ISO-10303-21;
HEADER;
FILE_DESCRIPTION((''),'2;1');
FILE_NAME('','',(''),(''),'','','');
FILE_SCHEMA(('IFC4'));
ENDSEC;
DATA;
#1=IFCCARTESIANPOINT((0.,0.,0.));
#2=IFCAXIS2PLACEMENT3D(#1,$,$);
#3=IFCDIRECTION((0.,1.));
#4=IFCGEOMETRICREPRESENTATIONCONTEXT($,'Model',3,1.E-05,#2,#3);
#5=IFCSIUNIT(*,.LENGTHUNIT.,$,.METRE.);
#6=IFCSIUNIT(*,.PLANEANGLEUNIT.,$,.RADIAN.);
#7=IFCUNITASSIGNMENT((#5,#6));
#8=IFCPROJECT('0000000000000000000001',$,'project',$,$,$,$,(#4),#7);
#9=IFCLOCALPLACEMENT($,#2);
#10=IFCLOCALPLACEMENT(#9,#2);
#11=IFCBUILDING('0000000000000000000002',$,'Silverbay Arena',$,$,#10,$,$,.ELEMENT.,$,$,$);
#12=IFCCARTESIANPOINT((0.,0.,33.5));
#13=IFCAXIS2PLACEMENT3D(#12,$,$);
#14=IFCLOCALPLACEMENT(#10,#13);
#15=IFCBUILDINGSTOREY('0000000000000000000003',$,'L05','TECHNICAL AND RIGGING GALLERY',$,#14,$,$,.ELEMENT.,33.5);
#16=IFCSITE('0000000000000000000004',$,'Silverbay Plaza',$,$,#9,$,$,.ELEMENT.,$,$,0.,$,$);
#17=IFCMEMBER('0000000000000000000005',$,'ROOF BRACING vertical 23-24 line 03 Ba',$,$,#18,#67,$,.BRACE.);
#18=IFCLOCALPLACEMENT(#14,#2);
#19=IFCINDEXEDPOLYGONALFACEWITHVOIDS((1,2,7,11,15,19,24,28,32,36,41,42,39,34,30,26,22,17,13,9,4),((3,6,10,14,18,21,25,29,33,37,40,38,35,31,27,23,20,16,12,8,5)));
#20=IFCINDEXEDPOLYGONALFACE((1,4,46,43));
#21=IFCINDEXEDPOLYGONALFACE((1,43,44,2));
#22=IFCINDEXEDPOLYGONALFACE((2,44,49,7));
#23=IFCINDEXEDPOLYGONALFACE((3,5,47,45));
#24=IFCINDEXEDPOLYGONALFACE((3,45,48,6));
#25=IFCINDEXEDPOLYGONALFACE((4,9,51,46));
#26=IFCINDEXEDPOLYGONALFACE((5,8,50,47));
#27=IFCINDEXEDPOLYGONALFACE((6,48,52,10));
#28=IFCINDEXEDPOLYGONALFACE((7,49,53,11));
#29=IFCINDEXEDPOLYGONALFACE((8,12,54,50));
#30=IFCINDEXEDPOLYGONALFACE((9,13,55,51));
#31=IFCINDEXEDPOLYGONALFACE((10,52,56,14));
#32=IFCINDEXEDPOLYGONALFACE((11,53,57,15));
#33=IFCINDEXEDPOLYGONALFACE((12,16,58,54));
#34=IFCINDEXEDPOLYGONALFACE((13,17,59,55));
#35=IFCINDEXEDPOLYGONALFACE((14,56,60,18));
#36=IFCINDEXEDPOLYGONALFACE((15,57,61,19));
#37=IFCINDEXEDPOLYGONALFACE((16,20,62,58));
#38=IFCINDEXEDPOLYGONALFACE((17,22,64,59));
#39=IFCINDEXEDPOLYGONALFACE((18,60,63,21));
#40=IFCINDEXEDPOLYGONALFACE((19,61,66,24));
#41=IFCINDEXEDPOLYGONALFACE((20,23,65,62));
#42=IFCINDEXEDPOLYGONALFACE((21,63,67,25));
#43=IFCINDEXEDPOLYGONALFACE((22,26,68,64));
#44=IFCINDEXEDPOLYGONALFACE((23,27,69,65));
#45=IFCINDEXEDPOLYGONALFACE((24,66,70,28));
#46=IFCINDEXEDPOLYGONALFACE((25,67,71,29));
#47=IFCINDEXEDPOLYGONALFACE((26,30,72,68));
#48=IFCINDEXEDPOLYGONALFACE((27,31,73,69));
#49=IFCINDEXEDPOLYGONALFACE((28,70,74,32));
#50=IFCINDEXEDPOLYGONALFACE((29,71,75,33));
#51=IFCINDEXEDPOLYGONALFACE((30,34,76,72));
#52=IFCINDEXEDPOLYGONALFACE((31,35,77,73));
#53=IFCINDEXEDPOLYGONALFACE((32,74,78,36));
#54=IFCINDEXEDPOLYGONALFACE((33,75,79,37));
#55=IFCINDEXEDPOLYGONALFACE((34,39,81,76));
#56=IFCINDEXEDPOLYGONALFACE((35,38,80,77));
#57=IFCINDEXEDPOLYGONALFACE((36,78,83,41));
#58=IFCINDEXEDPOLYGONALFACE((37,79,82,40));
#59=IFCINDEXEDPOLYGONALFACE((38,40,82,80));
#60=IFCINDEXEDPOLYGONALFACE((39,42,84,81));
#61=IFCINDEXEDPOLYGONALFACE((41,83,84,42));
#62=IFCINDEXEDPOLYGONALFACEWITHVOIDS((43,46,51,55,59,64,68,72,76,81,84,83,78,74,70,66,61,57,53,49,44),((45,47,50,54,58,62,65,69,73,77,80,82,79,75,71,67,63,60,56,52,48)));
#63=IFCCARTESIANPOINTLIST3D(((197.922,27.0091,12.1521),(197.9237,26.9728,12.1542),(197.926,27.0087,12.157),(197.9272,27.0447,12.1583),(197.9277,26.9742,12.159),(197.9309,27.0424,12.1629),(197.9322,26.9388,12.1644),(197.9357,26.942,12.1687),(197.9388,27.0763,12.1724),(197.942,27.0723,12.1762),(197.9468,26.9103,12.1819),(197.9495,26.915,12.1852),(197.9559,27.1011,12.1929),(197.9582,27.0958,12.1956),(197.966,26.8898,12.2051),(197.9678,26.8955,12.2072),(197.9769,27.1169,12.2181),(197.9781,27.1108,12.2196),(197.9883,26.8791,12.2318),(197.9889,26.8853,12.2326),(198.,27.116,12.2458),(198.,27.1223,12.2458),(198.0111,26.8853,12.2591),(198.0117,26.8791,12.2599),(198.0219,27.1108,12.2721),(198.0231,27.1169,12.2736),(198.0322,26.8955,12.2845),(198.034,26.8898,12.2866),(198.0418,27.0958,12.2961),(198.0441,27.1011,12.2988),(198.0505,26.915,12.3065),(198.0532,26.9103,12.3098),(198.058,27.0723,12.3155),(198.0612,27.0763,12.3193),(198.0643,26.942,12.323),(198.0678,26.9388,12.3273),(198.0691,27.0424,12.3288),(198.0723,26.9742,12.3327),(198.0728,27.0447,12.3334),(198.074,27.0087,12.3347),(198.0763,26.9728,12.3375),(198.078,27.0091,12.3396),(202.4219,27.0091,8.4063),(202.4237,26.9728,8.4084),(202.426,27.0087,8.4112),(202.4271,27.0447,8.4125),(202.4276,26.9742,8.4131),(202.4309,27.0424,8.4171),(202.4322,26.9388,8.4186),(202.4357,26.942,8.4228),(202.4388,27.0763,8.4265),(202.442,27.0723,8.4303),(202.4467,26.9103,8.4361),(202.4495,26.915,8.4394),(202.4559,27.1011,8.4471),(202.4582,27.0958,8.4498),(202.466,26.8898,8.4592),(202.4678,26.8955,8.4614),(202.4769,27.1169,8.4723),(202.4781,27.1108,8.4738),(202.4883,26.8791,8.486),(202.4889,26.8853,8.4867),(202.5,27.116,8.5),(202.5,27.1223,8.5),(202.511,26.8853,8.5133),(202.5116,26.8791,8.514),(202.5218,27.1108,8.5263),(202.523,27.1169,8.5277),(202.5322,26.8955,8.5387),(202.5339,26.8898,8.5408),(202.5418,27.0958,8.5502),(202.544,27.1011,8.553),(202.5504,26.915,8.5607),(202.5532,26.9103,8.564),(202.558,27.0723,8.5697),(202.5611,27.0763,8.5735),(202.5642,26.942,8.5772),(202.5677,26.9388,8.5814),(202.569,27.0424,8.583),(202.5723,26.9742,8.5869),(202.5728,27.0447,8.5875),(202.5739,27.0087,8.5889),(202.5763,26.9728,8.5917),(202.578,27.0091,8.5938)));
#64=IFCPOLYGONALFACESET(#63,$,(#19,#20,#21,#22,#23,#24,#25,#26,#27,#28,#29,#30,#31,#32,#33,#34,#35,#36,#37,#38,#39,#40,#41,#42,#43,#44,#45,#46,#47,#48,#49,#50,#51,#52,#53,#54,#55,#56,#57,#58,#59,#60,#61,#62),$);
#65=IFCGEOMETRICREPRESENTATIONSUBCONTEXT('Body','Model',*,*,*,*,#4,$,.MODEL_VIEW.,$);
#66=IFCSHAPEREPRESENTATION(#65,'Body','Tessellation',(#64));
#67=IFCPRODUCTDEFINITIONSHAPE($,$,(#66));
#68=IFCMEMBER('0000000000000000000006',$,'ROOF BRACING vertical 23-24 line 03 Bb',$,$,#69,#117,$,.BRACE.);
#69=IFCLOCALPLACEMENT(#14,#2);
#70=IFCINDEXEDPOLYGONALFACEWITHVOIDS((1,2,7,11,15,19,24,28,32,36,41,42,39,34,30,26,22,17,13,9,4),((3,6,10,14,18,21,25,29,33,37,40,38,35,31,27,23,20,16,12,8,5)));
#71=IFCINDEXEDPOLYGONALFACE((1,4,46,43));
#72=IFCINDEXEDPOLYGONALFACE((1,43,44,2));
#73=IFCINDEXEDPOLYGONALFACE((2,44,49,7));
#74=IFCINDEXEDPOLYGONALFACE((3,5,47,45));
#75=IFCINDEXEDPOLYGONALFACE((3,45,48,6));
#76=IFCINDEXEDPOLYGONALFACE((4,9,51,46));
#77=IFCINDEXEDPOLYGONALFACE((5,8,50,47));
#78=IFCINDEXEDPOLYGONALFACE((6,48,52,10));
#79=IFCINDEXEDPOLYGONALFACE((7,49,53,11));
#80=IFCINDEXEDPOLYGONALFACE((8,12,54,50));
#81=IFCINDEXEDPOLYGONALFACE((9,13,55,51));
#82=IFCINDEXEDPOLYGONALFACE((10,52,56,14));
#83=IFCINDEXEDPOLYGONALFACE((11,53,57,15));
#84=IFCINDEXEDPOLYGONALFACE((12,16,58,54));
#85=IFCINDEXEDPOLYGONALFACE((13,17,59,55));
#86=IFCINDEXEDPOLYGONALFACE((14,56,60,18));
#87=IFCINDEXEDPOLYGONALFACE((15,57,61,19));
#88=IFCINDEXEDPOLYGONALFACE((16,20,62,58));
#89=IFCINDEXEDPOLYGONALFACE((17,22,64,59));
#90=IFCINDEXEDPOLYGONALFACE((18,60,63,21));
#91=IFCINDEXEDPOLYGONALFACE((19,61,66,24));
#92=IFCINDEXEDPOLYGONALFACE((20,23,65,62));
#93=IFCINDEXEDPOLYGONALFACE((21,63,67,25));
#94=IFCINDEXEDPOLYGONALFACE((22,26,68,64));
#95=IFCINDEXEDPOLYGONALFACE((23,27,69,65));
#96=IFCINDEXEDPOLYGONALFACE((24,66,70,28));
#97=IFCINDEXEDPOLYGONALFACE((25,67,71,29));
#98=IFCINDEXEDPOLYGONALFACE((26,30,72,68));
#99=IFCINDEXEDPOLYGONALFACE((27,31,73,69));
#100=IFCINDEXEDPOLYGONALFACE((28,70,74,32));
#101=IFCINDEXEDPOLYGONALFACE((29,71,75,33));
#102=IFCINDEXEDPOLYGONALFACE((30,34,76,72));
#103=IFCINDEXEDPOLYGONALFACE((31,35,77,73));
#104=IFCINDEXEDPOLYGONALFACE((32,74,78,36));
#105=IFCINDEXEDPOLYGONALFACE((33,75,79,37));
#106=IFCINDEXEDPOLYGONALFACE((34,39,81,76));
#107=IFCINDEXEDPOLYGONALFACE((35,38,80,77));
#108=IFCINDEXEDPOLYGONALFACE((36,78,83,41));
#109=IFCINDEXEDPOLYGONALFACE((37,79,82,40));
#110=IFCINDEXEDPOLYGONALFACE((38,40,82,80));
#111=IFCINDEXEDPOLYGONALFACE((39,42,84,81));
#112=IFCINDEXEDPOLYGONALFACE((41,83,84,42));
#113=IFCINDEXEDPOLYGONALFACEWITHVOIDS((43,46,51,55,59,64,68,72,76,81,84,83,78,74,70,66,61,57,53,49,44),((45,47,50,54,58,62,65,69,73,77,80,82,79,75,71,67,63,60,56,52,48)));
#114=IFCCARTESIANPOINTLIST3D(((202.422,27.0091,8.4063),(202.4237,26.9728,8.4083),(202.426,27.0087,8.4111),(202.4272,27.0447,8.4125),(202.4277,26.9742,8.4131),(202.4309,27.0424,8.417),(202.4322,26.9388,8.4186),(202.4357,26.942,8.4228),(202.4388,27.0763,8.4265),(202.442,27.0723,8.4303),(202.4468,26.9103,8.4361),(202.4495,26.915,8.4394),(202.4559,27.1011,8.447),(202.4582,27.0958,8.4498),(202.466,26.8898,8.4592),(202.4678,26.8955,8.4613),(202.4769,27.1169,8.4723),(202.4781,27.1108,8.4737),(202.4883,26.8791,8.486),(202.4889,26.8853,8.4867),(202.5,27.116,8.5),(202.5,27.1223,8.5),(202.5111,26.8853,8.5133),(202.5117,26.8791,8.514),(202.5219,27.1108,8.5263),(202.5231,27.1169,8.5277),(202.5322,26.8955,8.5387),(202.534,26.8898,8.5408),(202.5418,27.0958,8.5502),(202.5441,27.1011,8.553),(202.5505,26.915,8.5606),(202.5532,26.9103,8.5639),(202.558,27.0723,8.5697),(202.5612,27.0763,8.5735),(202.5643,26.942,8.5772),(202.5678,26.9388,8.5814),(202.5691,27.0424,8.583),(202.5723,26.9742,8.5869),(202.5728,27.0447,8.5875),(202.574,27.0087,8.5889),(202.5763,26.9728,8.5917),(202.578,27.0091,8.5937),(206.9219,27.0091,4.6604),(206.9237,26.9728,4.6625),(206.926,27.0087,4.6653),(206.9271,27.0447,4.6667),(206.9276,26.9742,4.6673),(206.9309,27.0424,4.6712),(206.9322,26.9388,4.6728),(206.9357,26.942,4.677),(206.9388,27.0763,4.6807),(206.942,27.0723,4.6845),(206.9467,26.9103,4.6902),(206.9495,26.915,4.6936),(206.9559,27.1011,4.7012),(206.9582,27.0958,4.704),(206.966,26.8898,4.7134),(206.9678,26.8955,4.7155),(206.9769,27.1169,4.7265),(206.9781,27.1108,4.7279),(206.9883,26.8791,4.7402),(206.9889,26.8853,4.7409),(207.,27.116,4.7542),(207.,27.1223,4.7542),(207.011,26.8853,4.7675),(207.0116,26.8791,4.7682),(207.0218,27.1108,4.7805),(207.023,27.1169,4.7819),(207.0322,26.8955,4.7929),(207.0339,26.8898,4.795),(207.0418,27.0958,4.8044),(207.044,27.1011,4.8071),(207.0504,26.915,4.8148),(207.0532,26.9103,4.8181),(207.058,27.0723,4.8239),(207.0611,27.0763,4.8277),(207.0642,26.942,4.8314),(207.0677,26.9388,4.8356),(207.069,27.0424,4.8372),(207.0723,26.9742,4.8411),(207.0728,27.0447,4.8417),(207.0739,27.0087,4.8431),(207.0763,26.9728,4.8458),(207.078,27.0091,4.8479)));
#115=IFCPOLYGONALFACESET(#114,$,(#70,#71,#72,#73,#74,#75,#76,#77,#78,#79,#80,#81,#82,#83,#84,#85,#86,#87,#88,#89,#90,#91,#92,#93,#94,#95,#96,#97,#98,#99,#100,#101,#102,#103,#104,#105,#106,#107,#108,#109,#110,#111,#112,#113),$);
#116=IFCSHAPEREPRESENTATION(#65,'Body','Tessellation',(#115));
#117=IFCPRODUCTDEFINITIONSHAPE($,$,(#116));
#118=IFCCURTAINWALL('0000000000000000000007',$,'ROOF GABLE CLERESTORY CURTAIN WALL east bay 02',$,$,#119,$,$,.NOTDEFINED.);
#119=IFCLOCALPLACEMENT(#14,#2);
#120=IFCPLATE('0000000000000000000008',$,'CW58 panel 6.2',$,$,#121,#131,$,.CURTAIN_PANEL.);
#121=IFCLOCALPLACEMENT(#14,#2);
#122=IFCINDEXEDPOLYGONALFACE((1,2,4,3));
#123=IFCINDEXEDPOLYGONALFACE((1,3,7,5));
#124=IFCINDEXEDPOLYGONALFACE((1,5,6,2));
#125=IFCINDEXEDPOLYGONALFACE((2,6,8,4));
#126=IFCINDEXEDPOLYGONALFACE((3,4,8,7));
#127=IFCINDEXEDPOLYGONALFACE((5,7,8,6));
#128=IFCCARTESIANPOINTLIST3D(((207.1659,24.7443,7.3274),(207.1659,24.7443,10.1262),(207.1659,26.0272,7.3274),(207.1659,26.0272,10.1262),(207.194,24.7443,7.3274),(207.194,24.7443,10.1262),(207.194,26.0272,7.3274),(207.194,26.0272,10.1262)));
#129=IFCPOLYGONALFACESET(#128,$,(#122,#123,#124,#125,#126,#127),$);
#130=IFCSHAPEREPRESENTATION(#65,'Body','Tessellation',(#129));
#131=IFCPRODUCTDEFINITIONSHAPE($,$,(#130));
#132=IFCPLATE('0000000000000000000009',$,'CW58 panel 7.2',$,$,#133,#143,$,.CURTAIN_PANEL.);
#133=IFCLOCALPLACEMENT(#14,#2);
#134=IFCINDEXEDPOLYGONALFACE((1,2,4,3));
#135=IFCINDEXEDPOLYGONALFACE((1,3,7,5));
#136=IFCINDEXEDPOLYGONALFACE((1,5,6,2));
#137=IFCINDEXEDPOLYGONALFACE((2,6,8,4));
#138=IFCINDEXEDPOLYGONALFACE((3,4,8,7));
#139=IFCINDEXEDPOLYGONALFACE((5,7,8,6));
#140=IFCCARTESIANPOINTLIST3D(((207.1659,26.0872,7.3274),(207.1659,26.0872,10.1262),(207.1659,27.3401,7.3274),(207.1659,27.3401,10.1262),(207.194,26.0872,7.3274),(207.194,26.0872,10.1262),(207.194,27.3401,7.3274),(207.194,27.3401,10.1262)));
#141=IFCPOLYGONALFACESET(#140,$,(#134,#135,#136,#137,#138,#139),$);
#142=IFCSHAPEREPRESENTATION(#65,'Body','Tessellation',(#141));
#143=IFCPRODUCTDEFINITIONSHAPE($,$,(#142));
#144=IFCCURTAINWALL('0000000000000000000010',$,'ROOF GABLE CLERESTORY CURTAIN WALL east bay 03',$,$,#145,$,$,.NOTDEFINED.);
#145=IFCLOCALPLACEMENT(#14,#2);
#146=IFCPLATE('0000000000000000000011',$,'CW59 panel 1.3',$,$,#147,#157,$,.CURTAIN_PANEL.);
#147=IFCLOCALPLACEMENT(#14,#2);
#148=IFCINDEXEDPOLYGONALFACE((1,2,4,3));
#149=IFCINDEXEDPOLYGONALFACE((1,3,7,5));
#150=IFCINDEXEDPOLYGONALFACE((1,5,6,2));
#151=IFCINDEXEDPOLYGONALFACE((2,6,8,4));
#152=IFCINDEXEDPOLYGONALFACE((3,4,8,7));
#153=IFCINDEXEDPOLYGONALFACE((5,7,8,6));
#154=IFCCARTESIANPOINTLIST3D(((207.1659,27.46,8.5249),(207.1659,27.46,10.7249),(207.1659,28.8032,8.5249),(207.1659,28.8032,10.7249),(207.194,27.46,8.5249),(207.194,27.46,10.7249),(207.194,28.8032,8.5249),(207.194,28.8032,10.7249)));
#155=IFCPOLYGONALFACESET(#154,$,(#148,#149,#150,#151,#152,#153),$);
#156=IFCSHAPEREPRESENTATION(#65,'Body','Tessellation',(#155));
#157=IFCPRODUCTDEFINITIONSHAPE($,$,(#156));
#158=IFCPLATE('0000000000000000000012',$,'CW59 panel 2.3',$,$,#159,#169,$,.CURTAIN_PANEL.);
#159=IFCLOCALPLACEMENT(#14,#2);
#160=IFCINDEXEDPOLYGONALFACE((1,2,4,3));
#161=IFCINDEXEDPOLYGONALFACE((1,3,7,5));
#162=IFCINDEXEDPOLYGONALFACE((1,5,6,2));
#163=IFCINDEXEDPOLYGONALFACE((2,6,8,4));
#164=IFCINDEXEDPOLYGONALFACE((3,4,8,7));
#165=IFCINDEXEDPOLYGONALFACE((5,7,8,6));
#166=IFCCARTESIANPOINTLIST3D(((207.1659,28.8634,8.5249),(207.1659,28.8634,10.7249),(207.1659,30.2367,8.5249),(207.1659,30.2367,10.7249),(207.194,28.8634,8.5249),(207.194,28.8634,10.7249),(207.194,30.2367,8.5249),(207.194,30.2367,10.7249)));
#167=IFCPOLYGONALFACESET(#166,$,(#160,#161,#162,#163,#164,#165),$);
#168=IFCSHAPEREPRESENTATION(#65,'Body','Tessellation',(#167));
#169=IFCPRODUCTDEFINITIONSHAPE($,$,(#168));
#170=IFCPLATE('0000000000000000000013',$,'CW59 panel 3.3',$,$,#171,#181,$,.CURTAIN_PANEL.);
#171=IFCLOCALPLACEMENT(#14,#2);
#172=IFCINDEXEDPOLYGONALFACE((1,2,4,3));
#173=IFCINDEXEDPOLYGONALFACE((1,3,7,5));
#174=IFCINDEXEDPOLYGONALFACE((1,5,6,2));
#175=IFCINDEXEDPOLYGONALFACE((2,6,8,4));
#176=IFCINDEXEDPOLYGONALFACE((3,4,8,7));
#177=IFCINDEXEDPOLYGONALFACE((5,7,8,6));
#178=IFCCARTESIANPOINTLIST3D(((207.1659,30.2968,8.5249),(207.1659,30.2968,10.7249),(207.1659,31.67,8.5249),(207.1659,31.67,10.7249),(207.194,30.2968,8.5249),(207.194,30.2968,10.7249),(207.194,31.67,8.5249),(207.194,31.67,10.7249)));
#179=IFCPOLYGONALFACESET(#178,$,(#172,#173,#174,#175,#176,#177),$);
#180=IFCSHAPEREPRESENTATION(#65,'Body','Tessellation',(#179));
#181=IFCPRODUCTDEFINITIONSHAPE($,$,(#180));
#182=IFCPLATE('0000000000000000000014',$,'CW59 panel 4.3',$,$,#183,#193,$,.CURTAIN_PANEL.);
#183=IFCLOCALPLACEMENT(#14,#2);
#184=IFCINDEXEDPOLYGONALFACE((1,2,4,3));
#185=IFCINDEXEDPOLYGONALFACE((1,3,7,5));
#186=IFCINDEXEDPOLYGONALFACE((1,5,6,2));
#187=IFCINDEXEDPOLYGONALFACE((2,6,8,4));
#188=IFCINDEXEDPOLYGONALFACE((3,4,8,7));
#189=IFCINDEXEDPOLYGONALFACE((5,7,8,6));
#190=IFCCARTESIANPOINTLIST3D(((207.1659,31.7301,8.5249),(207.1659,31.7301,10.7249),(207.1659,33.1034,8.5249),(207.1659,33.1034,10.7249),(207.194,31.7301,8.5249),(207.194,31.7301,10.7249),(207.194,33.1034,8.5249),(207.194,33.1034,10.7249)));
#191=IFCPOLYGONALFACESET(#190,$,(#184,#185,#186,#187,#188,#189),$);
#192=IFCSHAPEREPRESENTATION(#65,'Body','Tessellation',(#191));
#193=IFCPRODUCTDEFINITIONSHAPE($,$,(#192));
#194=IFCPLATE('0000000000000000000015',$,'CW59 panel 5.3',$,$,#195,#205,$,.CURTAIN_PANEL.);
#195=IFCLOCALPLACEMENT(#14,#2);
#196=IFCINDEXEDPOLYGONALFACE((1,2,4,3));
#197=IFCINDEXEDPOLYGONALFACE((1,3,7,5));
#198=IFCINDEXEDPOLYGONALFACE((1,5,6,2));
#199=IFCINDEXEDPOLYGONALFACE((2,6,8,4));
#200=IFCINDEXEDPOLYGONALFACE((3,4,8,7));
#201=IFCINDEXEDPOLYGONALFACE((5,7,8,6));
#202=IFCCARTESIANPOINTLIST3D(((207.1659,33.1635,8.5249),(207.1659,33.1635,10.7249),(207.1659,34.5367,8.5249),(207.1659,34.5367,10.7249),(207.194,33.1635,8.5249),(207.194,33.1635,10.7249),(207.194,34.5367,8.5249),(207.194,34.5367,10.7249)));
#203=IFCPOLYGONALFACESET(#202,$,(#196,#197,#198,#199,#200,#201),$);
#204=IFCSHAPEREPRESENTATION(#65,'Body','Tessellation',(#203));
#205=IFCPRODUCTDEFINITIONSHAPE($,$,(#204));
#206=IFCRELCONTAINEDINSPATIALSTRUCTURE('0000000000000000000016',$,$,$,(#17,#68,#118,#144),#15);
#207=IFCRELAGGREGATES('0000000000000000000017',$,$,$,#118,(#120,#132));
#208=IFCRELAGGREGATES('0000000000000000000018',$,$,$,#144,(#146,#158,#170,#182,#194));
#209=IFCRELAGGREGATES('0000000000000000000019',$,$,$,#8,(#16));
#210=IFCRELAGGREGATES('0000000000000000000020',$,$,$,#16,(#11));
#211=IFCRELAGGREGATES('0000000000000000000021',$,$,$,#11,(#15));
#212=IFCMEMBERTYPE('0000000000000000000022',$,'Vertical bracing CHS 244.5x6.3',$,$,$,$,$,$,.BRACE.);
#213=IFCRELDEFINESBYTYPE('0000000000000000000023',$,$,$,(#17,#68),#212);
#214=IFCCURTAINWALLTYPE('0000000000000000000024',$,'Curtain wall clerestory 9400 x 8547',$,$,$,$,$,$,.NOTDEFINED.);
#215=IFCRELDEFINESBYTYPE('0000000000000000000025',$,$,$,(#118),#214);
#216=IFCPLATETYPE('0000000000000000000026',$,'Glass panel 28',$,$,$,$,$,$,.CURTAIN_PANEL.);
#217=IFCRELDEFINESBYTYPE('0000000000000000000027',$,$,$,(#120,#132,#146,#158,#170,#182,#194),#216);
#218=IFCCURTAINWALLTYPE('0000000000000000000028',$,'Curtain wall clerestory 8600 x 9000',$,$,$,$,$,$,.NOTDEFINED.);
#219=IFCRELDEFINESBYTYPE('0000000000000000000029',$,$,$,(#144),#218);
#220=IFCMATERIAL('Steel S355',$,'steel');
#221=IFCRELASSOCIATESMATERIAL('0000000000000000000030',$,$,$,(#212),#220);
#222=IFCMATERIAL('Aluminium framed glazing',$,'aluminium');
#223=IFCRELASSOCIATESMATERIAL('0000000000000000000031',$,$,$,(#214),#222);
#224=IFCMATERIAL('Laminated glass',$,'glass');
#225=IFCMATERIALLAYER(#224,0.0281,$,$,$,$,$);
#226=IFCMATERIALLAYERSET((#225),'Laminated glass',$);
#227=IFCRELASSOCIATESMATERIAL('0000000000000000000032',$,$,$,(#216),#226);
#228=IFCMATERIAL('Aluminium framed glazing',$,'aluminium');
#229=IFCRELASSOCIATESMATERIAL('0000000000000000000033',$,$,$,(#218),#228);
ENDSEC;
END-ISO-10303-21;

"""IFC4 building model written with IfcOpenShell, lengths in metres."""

from ifc_helpers import new_model, si_unit, direction, frame, origin, origin_2d, place, context, subcontext, project, spatial, rectangle, hollow_circle, extrude, material, layer, layer_set, material_profile, profile_set, type_object, element, aggregate, save


model = new_model("IFC4")

# Units and contexts
model_context = context("Model", 3, precision=1e-05, world=origin(), true_north=direction((0.0, 1.0)))
body_context = subcontext(model_context, "Body", "Model", "MODEL_VIEW")
ifc_project = project(units=[si_unit("LENGTHUNIT", "METRE"), si_unit("PLANEANGLEUNIT", "RADIAN")], contexts=[model_context])

# Site, building, storey
site_placement = place(None, origin())
site = spatial("IfcSite", under=ifc_project, at=site_placement, Name="Silverbay Plaza", CompositionType="ELEMENT", RefElevation=0.0)
building_placement = place(site_placement, origin())
building = spatial("IfcBuilding", under=site, at=building_placement, Name="Silverbay Arena", CompositionType="ELEMENT")
storey_placement = place(building_placement, frame((0.0, 0.0, 33.5)))
storey = spatial("IfcBuildingStorey", under=building, at=storey_placement, Name="L05", Description="TECHNICAL AND RIGGING GALLERY", CompositionType="ELEMENT", Elevation=33.5)

# Members
ifc_material_1 = material(Name="Steel S355", Category="steel")
ifc_material_profile_1 = material_profile(ifc_material_1, hollow_circle(Radius=0.1223, WallThickness=0.0063, at=origin_2d()), Name="CHS 244.5x6.3")
ifc_profile_set_1 = profile_set([ifc_material_profile_1], Name="Steel S355")
member_type_1 = type_object("IfcMemberType", Name="Vertical bracing CHS 244.5x6.3", PredefinedType="BRACE", material=ifc_profile_set_1)
for number, where, z_axis, x_axis, name in (
    (1, (198.0, 27.0, 12.2458), (0.76857, 0.0, -0.639766), (0.0, 1.0, 0.0), "ROOF BRACING vertical 23-24 line 03 Ba"),
    (2, (202.5, 27.0, 8.5), (0.76857, 0.0, -0.639766), (0.0, 1.0, 0.0), "ROOF BRACING vertical 23-24 line 03 Bb"),
):
    element("IfcMember", number, at=place(storey_placement, frame(where, z_axis=z_axis, x_axis=x_axis)), inside=storey, type_object=member_type_1, Name=name, PredefinedType="BRACE", context=body_context, shape_type="SweptSolid", body=[
        extrude(hollow_circle(Radius=0.1223, WallThickness=0.0063, at=origin_2d()), origin(), (0.0, 0.0, 1.0), 5.855),
    ])

# Curtain walls, plates
ifc_material_2 = material(Name="Aluminium framed glazing", Category="aluminium")
curtain_wall_type_1 = type_object("IfcCurtainWallType", Name="Curtain wall clerestory 9400 x 8547", PredefinedType="NOTDEFINED", material=ifc_material_2)
curtain_wall_1_placement = place(storey_placement, origin())
curtain_wall_1 = element("IfcCurtainWall", 3, at=curtain_wall_1_placement, inside=storey, type_object=curtain_wall_type_1, Name="ROOF GABLE CLERESTORY CURTAIN WALL east bay 02", PredefinedType="NOTDEFINED")
ifc_material_3 = material(Name="Laminated glass", Category="glass")
ifc_layer = layer(ifc_material_3, 0.0281)
ifc_layer_set = layer_set([ifc_layer], Name="Laminated glass")
plate_type = type_object("IfcPlateType", Name="Glass panel 28", PredefinedType="CURTAIN_PANEL", material=ifc_layer_set)
plate_1_placement = place(storey_placement, frame((207.1799, 25.3857, 7.3274), z_axis=(0.0, 0.0, 1.0), x_axis=(0.0, 1.0, 0.0)))
plate_1 = element("IfcPlate", 4, at=plate_1_placement, type_object=plate_type, Name="CW58 panel 6.2", PredefinedType="CURTAIN_PANEL", context=body_context, shape_type="SweptSolid", body=[
    extrude(rectangle(XDim=1.283, YDim=0.0281, at=origin_2d()), origin(), (0.0, 0.0, 1.0), 2.7988),
])
plate_2_placement = place(storey_placement, frame((207.1799, 26.7136, 7.3274), z_axis=(0.0, 0.0, 1.0), x_axis=(0.0, 1.0, 0.0)))
plate_2 = element("IfcPlate", 5, at=plate_2_placement, type_object=plate_type, Name="CW58 panel 7.2", PredefinedType="CURTAIN_PANEL", context=body_context, shape_type="SweptSolid", body=[
    extrude(rectangle(XDim=1.2529, YDim=0.0281, at=origin_2d()), origin(), (0.0, 0.0, 1.0), 2.7988),
])
aggregate(curtain_wall_1, [plate_1, plate_2])
ifc_material_4 = material(Name="Aluminium framed glazing", Category="aluminium")
curtain_wall_type_2 = type_object("IfcCurtainWallType", Name="Curtain wall clerestory 8600 x 9000", PredefinedType="NOTDEFINED", material=ifc_material_4)
curtain_wall_2_placement = place(storey_placement, origin())
curtain_wall_2 = element("IfcCurtainWall", 6, at=curtain_wall_2_placement, inside=storey, type_object=curtain_wall_type_2, Name="ROOF GABLE CLERESTORY CURTAIN WALL east bay 03", PredefinedType="NOTDEFINED")
plate_3_placement = place(storey_placement, frame((207.1799, 28.1316, 8.5249), z_axis=(0.0, 0.0, 1.0), x_axis=(0.0, 1.0, 0.0)))
plate_3 = element("IfcPlate", 7, at=plate_3_placement, type_object=plate_type, Name="CW59 panel 1.3", PredefinedType="CURTAIN_PANEL", context=body_context, shape_type="SweptSolid", body=[
    extrude(rectangle(XDim=1.3433, YDim=0.0281, at=origin_2d()), origin(), (0.0, 0.0, 1.0), 2.2),
])
plate_4_placement = place(storey_placement, frame((207.1799, 29.55, 8.5249), z_axis=(0.0, 0.0, 1.0), x_axis=(0.0, 1.0, 0.0)))
plate_4 = element("IfcPlate", 8, at=plate_4_placement, type_object=plate_type, Name="CW59 panel 2.3", PredefinedType="CURTAIN_PANEL", context=body_context, shape_type="SweptSolid", body=[
    extrude(rectangle(XDim=1.3733, YDim=0.0281, at=origin_2d()), origin(), (0.0, 0.0, 1.0), 2.2),
])
plate_5_placement = place(storey_placement, frame((207.1799, 30.9834, 8.5249), z_axis=(0.0, 0.0, 1.0), x_axis=(0.0, 1.0, 0.0)))
plate_5 = element("IfcPlate", 9, at=plate_5_placement, type_object=plate_type, Name="CW59 panel 3.3", PredefinedType="CURTAIN_PANEL", context=body_context, shape_type="SweptSolid", body=[
    extrude(rectangle(XDim=1.3733, YDim=0.0281, at=origin_2d()), origin(), (0.0, 0.0, 1.0), 2.2),
])
plate_6_placement = place(storey_placement, frame((207.1799, 32.4167, 8.5249), z_axis=(0.0, 0.0, 1.0), x_axis=(0.0, 1.0, 0.0)))
plate_6 = element("IfcPlate", 10, at=plate_6_placement, type_object=plate_type, Name="CW59 panel 4.3", PredefinedType="CURTAIN_PANEL", context=body_context, shape_type="SweptSolid", body=[
    extrude(rectangle(XDim=1.3733, YDim=0.0281, at=origin_2d()), origin(), (0.0, 0.0, 1.0), 2.2),
])
plate_7_placement = place(storey_placement, frame((207.1799, 33.8501, 8.5249), z_axis=(0.0, 0.0, 1.0), x_axis=(0.0, 1.0, 0.0)))
plate_7 = element("IfcPlate", 11, at=plate_7_placement, type_object=plate_type, Name="CW59 panel 5.3", PredefinedType="CURTAIN_PANEL", context=body_context, shape_type="SweptSolid", body=[
    extrude(rectangle(XDim=1.3733, YDim=0.0281, at=origin_2d()), origin(), (0.0, 0.0, 1.0), 2.2),
])
aggregate(curtain_wall_2, [plate_3, plate_4, plate_5, plate_6, plate_7])

save(model, "model.ifc")
